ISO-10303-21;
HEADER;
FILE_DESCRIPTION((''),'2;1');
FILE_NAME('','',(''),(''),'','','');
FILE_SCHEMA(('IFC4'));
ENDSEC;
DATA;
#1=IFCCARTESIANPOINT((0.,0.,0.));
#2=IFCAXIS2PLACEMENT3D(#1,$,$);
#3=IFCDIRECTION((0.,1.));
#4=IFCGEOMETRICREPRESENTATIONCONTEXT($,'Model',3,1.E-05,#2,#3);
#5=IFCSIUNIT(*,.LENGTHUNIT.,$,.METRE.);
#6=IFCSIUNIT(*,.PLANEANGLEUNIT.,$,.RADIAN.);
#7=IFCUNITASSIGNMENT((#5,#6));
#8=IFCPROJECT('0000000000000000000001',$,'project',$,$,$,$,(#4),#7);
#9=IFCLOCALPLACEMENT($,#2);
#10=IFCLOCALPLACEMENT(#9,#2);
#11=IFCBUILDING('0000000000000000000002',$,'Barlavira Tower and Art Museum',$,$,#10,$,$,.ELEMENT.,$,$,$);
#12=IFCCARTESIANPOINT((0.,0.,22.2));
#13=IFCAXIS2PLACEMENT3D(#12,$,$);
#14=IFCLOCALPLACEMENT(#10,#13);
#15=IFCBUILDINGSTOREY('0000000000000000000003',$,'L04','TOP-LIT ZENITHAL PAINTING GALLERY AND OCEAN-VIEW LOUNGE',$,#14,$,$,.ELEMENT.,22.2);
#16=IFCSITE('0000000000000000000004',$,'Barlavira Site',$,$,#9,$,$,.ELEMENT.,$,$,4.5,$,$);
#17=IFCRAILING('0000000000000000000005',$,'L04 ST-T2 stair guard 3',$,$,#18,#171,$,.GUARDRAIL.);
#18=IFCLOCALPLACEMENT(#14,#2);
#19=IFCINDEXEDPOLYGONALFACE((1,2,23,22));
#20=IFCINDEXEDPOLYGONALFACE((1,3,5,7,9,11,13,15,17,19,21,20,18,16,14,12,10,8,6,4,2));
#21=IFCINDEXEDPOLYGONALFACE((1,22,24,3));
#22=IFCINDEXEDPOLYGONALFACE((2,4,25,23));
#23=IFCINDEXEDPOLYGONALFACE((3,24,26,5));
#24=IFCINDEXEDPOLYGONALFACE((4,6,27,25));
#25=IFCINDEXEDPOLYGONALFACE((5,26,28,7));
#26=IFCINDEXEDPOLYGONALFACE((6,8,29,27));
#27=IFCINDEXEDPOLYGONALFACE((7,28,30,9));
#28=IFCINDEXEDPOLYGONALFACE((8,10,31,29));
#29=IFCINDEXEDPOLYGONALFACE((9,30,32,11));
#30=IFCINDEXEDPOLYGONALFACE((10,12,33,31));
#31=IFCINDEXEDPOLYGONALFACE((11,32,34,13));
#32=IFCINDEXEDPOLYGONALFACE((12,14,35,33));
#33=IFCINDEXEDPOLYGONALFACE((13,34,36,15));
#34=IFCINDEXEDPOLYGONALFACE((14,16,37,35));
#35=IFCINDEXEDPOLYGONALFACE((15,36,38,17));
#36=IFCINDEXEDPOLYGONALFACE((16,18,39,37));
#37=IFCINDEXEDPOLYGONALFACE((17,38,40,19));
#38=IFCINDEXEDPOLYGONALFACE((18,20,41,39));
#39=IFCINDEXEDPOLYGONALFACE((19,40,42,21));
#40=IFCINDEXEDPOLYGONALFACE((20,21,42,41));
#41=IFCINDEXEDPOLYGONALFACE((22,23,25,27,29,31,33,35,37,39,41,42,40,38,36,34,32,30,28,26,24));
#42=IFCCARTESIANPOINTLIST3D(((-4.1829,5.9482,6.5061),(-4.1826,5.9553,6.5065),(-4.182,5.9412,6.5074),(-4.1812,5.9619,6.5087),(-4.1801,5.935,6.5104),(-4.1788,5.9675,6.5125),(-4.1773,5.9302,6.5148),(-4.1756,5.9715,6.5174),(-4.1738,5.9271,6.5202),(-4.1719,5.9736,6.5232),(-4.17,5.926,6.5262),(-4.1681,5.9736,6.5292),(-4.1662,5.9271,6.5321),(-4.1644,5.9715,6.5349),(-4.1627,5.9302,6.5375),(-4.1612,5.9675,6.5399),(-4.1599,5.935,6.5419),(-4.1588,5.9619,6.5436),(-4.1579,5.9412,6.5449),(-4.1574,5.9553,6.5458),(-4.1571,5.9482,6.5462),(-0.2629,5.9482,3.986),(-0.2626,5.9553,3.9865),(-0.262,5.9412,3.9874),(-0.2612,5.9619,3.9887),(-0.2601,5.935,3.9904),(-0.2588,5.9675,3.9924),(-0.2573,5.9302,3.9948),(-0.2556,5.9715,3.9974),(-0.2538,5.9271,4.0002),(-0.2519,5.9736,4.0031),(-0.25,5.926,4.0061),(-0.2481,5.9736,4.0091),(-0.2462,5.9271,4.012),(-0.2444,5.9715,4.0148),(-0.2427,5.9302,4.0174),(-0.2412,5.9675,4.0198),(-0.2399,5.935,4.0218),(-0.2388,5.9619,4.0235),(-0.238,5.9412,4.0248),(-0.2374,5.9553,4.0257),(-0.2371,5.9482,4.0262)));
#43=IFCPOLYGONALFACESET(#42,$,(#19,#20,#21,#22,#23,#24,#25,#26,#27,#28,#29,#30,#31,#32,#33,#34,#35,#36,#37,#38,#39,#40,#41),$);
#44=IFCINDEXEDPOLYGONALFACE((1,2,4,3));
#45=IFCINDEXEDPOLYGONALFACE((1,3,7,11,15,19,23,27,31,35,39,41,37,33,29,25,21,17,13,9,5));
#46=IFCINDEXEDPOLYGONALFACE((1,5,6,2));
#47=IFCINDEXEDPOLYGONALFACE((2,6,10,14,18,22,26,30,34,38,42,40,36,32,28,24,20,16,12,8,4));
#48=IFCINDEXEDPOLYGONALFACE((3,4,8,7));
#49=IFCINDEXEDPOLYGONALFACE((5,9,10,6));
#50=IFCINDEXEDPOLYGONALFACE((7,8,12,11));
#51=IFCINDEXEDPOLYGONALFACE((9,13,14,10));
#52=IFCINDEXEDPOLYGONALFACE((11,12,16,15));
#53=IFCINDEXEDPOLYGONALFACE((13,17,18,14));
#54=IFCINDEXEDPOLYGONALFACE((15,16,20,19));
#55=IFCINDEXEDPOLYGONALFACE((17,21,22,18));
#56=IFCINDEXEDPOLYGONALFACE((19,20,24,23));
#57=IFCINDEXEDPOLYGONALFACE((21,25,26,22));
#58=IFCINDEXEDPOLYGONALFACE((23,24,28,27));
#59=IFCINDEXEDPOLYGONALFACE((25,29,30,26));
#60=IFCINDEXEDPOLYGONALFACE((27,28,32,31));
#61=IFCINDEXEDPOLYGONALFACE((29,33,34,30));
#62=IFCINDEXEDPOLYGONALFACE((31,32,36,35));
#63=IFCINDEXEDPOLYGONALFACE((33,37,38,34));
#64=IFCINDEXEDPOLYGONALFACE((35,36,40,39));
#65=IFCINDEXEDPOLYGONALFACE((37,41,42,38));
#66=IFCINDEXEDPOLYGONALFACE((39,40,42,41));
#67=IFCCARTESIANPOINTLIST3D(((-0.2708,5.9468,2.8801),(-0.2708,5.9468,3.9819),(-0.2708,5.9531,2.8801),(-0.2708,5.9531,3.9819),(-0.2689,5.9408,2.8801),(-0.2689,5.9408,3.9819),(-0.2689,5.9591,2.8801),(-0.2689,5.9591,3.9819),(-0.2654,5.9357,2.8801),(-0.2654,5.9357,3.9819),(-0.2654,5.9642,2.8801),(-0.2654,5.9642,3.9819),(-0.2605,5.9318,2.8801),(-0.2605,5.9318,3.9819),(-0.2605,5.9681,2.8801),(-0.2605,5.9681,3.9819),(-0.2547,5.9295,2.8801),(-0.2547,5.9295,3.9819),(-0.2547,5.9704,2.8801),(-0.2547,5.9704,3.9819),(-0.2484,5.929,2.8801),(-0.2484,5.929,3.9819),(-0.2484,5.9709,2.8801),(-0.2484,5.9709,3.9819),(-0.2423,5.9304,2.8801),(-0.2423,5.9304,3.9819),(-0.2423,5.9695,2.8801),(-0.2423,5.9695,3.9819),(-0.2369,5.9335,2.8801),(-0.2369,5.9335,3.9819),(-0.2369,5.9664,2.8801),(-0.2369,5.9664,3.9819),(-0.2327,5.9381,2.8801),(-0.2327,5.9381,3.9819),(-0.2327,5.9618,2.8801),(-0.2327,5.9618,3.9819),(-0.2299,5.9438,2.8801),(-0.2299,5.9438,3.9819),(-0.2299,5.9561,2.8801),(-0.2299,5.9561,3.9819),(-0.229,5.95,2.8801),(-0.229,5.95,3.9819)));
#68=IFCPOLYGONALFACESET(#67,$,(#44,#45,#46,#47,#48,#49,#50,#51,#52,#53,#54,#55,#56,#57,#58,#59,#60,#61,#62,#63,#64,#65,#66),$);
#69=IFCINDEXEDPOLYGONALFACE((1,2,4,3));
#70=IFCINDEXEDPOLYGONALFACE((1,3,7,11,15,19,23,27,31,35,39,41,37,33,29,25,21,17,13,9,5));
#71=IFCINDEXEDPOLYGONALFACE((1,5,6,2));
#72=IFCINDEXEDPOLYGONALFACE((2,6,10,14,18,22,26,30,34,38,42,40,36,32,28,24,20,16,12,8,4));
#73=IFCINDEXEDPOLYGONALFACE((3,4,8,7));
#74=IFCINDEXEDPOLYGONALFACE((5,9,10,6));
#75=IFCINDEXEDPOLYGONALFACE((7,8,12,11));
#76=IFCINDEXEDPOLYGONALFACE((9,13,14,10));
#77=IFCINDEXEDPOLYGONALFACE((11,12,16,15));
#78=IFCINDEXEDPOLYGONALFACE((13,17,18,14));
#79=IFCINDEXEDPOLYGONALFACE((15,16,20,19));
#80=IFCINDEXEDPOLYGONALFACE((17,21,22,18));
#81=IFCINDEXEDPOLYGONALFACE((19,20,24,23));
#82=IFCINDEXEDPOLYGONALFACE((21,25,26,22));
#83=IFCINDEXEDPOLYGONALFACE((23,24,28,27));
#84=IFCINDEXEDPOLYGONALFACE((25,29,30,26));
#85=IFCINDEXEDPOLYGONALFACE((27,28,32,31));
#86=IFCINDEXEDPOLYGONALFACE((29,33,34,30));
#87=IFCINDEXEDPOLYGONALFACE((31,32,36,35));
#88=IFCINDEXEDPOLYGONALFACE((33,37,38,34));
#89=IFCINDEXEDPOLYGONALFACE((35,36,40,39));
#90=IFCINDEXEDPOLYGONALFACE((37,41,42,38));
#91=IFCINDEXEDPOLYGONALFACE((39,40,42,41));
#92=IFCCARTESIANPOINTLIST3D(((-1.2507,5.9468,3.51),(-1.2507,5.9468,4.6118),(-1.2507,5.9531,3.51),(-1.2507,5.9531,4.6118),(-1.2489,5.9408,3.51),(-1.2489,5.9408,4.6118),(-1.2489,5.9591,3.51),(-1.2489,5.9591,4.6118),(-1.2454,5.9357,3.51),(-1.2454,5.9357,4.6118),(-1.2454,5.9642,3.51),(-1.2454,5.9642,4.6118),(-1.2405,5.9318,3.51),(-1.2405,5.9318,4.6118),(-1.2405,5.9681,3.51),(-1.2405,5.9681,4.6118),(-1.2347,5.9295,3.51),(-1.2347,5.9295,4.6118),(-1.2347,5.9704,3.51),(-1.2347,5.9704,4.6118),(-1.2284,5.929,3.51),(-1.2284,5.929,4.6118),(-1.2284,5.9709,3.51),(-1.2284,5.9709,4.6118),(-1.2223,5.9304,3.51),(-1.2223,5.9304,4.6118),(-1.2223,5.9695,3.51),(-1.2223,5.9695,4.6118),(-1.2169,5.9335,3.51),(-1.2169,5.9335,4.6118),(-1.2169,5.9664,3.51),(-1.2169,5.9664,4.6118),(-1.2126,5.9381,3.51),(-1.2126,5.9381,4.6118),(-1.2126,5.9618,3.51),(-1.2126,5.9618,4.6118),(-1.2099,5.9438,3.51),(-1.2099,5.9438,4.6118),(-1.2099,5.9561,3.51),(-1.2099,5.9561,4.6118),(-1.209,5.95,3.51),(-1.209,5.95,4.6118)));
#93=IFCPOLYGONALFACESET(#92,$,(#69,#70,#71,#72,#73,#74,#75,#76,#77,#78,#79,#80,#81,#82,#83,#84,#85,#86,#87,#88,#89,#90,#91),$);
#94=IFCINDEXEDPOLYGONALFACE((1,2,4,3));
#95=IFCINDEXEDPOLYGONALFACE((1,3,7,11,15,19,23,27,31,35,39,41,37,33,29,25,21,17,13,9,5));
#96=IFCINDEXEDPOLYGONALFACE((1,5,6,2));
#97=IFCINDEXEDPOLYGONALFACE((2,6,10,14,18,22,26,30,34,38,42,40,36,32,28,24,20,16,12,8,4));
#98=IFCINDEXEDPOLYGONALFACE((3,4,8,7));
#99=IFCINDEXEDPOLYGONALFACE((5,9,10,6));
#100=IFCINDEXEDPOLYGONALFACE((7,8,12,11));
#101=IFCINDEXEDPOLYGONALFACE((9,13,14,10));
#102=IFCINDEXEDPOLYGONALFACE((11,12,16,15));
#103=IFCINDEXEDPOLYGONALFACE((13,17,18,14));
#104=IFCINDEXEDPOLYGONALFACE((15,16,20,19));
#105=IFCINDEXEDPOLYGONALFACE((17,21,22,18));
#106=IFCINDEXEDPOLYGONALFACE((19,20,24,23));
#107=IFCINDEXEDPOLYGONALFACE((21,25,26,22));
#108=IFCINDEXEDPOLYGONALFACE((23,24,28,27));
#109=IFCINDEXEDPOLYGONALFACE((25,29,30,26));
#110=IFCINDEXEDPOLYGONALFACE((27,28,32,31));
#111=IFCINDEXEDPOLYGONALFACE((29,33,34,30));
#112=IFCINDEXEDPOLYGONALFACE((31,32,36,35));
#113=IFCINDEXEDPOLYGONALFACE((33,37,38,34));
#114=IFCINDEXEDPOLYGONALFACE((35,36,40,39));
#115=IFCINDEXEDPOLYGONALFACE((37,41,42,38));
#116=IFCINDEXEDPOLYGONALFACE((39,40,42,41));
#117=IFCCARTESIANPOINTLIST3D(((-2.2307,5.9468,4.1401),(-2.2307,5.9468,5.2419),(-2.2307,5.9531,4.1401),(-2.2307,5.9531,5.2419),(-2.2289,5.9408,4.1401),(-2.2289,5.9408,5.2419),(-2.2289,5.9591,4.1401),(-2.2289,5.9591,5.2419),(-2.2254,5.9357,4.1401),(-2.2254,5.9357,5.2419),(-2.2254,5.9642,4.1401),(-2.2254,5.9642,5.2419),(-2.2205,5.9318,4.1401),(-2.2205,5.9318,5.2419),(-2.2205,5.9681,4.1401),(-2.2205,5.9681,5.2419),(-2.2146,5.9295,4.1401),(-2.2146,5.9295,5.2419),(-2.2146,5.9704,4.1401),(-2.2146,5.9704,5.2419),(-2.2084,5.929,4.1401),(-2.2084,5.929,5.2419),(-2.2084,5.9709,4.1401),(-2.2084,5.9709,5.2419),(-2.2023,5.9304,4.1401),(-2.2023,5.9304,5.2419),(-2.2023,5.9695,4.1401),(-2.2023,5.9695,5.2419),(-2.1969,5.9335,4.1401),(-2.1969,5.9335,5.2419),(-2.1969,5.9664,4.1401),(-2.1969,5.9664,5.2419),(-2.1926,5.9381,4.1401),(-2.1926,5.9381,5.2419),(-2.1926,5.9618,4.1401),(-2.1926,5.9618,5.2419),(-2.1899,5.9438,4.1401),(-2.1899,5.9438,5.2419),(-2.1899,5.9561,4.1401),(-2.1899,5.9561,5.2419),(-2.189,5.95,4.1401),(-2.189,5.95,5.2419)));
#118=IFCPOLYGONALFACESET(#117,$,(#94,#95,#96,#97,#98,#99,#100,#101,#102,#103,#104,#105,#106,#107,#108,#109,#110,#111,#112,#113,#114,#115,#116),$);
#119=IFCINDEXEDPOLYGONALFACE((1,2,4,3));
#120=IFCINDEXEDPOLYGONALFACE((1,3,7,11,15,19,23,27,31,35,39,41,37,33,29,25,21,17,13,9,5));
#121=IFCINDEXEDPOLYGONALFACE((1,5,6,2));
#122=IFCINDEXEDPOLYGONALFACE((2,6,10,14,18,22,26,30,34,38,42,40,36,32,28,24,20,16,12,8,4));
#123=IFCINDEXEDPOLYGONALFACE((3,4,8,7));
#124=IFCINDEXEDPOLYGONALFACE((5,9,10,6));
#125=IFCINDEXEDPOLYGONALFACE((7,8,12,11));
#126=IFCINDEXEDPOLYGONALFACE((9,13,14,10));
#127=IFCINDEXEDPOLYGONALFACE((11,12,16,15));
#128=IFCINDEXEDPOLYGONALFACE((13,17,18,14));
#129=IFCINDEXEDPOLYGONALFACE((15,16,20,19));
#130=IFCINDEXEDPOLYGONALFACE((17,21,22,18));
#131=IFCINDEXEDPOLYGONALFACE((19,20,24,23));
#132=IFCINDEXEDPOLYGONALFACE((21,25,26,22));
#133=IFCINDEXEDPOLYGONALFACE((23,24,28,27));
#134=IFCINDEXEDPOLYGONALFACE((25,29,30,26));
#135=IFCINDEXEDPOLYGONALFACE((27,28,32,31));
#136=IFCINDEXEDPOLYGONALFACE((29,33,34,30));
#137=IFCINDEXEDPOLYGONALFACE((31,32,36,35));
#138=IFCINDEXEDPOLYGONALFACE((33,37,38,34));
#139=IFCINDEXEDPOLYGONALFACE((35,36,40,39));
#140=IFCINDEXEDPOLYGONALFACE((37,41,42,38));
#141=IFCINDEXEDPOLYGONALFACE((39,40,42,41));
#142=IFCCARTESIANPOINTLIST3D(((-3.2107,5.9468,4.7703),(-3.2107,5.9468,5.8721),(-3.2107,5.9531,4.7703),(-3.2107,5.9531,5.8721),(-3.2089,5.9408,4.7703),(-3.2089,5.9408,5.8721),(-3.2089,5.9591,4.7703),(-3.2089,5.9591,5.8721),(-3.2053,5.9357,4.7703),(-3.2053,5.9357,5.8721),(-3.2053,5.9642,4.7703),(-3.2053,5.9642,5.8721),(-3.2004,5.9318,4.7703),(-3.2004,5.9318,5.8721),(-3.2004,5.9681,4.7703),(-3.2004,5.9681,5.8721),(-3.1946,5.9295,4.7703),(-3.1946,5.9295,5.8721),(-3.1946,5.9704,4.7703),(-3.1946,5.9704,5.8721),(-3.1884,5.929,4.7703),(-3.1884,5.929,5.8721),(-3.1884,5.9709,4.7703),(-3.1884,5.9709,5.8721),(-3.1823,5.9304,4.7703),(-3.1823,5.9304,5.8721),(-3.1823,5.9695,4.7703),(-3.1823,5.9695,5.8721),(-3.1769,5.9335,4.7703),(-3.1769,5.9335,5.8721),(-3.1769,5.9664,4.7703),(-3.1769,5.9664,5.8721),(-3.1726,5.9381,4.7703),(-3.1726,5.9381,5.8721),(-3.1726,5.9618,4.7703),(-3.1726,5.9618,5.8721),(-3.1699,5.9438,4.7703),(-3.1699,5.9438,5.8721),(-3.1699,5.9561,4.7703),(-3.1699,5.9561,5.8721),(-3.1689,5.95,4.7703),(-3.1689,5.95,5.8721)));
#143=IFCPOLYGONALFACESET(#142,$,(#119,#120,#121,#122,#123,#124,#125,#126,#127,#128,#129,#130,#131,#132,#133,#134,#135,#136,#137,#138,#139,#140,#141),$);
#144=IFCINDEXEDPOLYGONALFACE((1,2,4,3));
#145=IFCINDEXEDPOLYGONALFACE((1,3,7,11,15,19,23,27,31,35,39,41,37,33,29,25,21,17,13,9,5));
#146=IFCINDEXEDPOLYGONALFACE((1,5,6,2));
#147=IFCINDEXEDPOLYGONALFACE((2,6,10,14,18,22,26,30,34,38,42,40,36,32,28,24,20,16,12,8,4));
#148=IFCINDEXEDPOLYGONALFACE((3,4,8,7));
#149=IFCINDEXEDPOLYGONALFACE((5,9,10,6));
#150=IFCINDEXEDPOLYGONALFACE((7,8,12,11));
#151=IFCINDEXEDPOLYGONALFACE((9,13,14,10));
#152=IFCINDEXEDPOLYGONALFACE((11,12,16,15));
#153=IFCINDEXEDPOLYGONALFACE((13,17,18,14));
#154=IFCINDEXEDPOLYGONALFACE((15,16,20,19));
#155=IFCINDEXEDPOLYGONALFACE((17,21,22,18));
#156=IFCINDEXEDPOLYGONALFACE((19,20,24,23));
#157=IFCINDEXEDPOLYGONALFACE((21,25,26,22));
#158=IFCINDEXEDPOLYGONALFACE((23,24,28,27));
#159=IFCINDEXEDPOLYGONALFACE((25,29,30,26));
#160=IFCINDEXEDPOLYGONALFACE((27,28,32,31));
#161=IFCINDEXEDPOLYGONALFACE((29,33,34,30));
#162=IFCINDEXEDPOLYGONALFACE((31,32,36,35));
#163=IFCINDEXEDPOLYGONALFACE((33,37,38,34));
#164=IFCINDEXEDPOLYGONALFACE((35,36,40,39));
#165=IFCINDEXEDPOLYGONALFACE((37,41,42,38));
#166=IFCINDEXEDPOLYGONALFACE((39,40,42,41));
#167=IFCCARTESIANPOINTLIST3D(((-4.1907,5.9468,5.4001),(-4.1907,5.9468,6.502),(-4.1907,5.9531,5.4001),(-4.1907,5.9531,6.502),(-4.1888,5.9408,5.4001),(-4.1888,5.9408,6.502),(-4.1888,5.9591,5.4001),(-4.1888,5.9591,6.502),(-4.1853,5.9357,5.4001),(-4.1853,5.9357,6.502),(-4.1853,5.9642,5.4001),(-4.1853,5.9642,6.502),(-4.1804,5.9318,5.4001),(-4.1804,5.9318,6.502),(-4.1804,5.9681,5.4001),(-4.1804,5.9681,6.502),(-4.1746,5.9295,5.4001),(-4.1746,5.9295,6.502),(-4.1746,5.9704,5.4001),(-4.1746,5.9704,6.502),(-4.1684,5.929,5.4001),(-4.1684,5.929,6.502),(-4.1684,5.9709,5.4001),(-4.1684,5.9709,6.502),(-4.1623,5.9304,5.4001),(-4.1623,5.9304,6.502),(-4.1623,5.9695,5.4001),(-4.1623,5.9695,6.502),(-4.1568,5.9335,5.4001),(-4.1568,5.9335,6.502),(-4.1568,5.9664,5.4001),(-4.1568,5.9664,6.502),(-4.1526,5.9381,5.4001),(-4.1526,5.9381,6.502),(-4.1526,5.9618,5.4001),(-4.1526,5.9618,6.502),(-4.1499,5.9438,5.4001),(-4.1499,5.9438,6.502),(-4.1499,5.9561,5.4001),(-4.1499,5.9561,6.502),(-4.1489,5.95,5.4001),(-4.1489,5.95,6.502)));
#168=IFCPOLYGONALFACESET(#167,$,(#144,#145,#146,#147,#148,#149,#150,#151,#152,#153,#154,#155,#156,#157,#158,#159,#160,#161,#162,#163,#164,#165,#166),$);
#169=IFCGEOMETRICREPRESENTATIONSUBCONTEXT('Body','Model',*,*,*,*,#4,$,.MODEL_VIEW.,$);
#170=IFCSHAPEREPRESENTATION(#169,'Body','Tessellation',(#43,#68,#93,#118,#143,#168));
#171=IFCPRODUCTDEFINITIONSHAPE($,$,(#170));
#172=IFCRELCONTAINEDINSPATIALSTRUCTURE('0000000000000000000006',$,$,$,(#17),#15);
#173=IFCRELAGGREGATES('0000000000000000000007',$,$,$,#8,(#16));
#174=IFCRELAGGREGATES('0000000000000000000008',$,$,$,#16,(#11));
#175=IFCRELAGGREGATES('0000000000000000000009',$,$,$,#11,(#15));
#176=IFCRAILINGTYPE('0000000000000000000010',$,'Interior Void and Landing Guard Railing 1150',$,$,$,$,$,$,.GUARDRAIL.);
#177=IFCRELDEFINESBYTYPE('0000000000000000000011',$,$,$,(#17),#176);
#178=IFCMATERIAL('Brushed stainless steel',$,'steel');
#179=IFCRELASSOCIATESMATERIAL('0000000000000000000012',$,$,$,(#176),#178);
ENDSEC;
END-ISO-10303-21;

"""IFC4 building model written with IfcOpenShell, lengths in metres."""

from ifc_helpers import new_model, si_unit, direction, frame, origin, origin_2d, place, context, subcontext, project, spatial, circle, extrude, material, type_object, element, save


model = new_model("IFC4")

# Units and contexts
model_context = context("Model", 3, precision=1e-05, world=origin(), true_north=direction((0.0, 1.0)))
body_context = subcontext(model_context, "Body", "Model", "MODEL_VIEW")
ifc_project = project(units=[si_unit("LENGTHUNIT", "METRE"), si_unit("PLANEANGLEUNIT", "RADIAN")], contexts=[model_context])

# Site, building, storey
site_placement = place(None, origin())
site = spatial("IfcSite", under=ifc_project, at=site_placement, Name="Barlavira Site", CompositionType="ELEMENT", RefElevation=4.5)
building_placement = place(site_placement, origin())
building = spatial("IfcBuilding", under=site, at=building_placement, Name="Barlavira Tower and Art Museum", CompositionType="ELEMENT")
storey_placement = place(building_placement, frame((0.0, 0.0, 22.2)))
storey = spatial("IfcBuildingStorey", under=building, at=storey_placement, Name="L04", Description="TOP-LIT ZENITHAL PAINTING GALLERY AND OCEAN-VIEW LOUNGE", CompositionType="ELEMENT", Elevation=22.2)

# Shared definitions
ifc_material_1 = material(Name="Brushed stainless steel", Category="steel")

# Railing
railing_type_1 = type_object("IfcRailingType", Name="Interior Void and Landing Guard Railing 1150", PredefinedType="GUARDRAIL", material=ifc_material_1)
railing_1_placement = place(storey_placement, frame((-0.25, 5.95, 2.8801)))
element("IfcRailing", 1, at=railing_1_placement, inside=storey, type_object=railing_type_1, Name="L04 ST-T2 stair guard 3", PredefinedType="GUARDRAIL", context=body_context, shape_type="SweptSolid", body=[
    extrude(circle(Radius=0.0239, at=origin_2d()), frame((0.0, 0.0, 1.126), z_axis=(-0.841172, 0.0, 0.540768), x_axis=(0.0, -1.0, 0.0)), (0.0, 0.0, 1.0), 4.6602),
    extrude(circle(Radius=0.021, at=origin_2d()), origin(), (0.0, 0.0, 1.0), 1.1018),
    extrude(circle(Radius=0.021, at=origin_2d()), frame((-0.98, 0.0, 0.6299)), (0.0, 0.0, 1.0), 1.1018),
    extrude(circle(Radius=0.021, at=origin_2d()), frame((-1.96, 0.0, 1.26)), (0.0, 0.0, 1.0), 1.1018),
    extrude(circle(Radius=0.021, at=origin_2d()), frame((-2.9399, 0.0, 1.8901)), (0.0, 0.0, 1.0), 1.1018),
    extrude(circle(Radius=0.021, at=origin_2d()), frame((-3.9199, 0.0, 2.52)), (0.0, 0.0, 1.0), 1.1018),
])

save(model, "model.ifc")
